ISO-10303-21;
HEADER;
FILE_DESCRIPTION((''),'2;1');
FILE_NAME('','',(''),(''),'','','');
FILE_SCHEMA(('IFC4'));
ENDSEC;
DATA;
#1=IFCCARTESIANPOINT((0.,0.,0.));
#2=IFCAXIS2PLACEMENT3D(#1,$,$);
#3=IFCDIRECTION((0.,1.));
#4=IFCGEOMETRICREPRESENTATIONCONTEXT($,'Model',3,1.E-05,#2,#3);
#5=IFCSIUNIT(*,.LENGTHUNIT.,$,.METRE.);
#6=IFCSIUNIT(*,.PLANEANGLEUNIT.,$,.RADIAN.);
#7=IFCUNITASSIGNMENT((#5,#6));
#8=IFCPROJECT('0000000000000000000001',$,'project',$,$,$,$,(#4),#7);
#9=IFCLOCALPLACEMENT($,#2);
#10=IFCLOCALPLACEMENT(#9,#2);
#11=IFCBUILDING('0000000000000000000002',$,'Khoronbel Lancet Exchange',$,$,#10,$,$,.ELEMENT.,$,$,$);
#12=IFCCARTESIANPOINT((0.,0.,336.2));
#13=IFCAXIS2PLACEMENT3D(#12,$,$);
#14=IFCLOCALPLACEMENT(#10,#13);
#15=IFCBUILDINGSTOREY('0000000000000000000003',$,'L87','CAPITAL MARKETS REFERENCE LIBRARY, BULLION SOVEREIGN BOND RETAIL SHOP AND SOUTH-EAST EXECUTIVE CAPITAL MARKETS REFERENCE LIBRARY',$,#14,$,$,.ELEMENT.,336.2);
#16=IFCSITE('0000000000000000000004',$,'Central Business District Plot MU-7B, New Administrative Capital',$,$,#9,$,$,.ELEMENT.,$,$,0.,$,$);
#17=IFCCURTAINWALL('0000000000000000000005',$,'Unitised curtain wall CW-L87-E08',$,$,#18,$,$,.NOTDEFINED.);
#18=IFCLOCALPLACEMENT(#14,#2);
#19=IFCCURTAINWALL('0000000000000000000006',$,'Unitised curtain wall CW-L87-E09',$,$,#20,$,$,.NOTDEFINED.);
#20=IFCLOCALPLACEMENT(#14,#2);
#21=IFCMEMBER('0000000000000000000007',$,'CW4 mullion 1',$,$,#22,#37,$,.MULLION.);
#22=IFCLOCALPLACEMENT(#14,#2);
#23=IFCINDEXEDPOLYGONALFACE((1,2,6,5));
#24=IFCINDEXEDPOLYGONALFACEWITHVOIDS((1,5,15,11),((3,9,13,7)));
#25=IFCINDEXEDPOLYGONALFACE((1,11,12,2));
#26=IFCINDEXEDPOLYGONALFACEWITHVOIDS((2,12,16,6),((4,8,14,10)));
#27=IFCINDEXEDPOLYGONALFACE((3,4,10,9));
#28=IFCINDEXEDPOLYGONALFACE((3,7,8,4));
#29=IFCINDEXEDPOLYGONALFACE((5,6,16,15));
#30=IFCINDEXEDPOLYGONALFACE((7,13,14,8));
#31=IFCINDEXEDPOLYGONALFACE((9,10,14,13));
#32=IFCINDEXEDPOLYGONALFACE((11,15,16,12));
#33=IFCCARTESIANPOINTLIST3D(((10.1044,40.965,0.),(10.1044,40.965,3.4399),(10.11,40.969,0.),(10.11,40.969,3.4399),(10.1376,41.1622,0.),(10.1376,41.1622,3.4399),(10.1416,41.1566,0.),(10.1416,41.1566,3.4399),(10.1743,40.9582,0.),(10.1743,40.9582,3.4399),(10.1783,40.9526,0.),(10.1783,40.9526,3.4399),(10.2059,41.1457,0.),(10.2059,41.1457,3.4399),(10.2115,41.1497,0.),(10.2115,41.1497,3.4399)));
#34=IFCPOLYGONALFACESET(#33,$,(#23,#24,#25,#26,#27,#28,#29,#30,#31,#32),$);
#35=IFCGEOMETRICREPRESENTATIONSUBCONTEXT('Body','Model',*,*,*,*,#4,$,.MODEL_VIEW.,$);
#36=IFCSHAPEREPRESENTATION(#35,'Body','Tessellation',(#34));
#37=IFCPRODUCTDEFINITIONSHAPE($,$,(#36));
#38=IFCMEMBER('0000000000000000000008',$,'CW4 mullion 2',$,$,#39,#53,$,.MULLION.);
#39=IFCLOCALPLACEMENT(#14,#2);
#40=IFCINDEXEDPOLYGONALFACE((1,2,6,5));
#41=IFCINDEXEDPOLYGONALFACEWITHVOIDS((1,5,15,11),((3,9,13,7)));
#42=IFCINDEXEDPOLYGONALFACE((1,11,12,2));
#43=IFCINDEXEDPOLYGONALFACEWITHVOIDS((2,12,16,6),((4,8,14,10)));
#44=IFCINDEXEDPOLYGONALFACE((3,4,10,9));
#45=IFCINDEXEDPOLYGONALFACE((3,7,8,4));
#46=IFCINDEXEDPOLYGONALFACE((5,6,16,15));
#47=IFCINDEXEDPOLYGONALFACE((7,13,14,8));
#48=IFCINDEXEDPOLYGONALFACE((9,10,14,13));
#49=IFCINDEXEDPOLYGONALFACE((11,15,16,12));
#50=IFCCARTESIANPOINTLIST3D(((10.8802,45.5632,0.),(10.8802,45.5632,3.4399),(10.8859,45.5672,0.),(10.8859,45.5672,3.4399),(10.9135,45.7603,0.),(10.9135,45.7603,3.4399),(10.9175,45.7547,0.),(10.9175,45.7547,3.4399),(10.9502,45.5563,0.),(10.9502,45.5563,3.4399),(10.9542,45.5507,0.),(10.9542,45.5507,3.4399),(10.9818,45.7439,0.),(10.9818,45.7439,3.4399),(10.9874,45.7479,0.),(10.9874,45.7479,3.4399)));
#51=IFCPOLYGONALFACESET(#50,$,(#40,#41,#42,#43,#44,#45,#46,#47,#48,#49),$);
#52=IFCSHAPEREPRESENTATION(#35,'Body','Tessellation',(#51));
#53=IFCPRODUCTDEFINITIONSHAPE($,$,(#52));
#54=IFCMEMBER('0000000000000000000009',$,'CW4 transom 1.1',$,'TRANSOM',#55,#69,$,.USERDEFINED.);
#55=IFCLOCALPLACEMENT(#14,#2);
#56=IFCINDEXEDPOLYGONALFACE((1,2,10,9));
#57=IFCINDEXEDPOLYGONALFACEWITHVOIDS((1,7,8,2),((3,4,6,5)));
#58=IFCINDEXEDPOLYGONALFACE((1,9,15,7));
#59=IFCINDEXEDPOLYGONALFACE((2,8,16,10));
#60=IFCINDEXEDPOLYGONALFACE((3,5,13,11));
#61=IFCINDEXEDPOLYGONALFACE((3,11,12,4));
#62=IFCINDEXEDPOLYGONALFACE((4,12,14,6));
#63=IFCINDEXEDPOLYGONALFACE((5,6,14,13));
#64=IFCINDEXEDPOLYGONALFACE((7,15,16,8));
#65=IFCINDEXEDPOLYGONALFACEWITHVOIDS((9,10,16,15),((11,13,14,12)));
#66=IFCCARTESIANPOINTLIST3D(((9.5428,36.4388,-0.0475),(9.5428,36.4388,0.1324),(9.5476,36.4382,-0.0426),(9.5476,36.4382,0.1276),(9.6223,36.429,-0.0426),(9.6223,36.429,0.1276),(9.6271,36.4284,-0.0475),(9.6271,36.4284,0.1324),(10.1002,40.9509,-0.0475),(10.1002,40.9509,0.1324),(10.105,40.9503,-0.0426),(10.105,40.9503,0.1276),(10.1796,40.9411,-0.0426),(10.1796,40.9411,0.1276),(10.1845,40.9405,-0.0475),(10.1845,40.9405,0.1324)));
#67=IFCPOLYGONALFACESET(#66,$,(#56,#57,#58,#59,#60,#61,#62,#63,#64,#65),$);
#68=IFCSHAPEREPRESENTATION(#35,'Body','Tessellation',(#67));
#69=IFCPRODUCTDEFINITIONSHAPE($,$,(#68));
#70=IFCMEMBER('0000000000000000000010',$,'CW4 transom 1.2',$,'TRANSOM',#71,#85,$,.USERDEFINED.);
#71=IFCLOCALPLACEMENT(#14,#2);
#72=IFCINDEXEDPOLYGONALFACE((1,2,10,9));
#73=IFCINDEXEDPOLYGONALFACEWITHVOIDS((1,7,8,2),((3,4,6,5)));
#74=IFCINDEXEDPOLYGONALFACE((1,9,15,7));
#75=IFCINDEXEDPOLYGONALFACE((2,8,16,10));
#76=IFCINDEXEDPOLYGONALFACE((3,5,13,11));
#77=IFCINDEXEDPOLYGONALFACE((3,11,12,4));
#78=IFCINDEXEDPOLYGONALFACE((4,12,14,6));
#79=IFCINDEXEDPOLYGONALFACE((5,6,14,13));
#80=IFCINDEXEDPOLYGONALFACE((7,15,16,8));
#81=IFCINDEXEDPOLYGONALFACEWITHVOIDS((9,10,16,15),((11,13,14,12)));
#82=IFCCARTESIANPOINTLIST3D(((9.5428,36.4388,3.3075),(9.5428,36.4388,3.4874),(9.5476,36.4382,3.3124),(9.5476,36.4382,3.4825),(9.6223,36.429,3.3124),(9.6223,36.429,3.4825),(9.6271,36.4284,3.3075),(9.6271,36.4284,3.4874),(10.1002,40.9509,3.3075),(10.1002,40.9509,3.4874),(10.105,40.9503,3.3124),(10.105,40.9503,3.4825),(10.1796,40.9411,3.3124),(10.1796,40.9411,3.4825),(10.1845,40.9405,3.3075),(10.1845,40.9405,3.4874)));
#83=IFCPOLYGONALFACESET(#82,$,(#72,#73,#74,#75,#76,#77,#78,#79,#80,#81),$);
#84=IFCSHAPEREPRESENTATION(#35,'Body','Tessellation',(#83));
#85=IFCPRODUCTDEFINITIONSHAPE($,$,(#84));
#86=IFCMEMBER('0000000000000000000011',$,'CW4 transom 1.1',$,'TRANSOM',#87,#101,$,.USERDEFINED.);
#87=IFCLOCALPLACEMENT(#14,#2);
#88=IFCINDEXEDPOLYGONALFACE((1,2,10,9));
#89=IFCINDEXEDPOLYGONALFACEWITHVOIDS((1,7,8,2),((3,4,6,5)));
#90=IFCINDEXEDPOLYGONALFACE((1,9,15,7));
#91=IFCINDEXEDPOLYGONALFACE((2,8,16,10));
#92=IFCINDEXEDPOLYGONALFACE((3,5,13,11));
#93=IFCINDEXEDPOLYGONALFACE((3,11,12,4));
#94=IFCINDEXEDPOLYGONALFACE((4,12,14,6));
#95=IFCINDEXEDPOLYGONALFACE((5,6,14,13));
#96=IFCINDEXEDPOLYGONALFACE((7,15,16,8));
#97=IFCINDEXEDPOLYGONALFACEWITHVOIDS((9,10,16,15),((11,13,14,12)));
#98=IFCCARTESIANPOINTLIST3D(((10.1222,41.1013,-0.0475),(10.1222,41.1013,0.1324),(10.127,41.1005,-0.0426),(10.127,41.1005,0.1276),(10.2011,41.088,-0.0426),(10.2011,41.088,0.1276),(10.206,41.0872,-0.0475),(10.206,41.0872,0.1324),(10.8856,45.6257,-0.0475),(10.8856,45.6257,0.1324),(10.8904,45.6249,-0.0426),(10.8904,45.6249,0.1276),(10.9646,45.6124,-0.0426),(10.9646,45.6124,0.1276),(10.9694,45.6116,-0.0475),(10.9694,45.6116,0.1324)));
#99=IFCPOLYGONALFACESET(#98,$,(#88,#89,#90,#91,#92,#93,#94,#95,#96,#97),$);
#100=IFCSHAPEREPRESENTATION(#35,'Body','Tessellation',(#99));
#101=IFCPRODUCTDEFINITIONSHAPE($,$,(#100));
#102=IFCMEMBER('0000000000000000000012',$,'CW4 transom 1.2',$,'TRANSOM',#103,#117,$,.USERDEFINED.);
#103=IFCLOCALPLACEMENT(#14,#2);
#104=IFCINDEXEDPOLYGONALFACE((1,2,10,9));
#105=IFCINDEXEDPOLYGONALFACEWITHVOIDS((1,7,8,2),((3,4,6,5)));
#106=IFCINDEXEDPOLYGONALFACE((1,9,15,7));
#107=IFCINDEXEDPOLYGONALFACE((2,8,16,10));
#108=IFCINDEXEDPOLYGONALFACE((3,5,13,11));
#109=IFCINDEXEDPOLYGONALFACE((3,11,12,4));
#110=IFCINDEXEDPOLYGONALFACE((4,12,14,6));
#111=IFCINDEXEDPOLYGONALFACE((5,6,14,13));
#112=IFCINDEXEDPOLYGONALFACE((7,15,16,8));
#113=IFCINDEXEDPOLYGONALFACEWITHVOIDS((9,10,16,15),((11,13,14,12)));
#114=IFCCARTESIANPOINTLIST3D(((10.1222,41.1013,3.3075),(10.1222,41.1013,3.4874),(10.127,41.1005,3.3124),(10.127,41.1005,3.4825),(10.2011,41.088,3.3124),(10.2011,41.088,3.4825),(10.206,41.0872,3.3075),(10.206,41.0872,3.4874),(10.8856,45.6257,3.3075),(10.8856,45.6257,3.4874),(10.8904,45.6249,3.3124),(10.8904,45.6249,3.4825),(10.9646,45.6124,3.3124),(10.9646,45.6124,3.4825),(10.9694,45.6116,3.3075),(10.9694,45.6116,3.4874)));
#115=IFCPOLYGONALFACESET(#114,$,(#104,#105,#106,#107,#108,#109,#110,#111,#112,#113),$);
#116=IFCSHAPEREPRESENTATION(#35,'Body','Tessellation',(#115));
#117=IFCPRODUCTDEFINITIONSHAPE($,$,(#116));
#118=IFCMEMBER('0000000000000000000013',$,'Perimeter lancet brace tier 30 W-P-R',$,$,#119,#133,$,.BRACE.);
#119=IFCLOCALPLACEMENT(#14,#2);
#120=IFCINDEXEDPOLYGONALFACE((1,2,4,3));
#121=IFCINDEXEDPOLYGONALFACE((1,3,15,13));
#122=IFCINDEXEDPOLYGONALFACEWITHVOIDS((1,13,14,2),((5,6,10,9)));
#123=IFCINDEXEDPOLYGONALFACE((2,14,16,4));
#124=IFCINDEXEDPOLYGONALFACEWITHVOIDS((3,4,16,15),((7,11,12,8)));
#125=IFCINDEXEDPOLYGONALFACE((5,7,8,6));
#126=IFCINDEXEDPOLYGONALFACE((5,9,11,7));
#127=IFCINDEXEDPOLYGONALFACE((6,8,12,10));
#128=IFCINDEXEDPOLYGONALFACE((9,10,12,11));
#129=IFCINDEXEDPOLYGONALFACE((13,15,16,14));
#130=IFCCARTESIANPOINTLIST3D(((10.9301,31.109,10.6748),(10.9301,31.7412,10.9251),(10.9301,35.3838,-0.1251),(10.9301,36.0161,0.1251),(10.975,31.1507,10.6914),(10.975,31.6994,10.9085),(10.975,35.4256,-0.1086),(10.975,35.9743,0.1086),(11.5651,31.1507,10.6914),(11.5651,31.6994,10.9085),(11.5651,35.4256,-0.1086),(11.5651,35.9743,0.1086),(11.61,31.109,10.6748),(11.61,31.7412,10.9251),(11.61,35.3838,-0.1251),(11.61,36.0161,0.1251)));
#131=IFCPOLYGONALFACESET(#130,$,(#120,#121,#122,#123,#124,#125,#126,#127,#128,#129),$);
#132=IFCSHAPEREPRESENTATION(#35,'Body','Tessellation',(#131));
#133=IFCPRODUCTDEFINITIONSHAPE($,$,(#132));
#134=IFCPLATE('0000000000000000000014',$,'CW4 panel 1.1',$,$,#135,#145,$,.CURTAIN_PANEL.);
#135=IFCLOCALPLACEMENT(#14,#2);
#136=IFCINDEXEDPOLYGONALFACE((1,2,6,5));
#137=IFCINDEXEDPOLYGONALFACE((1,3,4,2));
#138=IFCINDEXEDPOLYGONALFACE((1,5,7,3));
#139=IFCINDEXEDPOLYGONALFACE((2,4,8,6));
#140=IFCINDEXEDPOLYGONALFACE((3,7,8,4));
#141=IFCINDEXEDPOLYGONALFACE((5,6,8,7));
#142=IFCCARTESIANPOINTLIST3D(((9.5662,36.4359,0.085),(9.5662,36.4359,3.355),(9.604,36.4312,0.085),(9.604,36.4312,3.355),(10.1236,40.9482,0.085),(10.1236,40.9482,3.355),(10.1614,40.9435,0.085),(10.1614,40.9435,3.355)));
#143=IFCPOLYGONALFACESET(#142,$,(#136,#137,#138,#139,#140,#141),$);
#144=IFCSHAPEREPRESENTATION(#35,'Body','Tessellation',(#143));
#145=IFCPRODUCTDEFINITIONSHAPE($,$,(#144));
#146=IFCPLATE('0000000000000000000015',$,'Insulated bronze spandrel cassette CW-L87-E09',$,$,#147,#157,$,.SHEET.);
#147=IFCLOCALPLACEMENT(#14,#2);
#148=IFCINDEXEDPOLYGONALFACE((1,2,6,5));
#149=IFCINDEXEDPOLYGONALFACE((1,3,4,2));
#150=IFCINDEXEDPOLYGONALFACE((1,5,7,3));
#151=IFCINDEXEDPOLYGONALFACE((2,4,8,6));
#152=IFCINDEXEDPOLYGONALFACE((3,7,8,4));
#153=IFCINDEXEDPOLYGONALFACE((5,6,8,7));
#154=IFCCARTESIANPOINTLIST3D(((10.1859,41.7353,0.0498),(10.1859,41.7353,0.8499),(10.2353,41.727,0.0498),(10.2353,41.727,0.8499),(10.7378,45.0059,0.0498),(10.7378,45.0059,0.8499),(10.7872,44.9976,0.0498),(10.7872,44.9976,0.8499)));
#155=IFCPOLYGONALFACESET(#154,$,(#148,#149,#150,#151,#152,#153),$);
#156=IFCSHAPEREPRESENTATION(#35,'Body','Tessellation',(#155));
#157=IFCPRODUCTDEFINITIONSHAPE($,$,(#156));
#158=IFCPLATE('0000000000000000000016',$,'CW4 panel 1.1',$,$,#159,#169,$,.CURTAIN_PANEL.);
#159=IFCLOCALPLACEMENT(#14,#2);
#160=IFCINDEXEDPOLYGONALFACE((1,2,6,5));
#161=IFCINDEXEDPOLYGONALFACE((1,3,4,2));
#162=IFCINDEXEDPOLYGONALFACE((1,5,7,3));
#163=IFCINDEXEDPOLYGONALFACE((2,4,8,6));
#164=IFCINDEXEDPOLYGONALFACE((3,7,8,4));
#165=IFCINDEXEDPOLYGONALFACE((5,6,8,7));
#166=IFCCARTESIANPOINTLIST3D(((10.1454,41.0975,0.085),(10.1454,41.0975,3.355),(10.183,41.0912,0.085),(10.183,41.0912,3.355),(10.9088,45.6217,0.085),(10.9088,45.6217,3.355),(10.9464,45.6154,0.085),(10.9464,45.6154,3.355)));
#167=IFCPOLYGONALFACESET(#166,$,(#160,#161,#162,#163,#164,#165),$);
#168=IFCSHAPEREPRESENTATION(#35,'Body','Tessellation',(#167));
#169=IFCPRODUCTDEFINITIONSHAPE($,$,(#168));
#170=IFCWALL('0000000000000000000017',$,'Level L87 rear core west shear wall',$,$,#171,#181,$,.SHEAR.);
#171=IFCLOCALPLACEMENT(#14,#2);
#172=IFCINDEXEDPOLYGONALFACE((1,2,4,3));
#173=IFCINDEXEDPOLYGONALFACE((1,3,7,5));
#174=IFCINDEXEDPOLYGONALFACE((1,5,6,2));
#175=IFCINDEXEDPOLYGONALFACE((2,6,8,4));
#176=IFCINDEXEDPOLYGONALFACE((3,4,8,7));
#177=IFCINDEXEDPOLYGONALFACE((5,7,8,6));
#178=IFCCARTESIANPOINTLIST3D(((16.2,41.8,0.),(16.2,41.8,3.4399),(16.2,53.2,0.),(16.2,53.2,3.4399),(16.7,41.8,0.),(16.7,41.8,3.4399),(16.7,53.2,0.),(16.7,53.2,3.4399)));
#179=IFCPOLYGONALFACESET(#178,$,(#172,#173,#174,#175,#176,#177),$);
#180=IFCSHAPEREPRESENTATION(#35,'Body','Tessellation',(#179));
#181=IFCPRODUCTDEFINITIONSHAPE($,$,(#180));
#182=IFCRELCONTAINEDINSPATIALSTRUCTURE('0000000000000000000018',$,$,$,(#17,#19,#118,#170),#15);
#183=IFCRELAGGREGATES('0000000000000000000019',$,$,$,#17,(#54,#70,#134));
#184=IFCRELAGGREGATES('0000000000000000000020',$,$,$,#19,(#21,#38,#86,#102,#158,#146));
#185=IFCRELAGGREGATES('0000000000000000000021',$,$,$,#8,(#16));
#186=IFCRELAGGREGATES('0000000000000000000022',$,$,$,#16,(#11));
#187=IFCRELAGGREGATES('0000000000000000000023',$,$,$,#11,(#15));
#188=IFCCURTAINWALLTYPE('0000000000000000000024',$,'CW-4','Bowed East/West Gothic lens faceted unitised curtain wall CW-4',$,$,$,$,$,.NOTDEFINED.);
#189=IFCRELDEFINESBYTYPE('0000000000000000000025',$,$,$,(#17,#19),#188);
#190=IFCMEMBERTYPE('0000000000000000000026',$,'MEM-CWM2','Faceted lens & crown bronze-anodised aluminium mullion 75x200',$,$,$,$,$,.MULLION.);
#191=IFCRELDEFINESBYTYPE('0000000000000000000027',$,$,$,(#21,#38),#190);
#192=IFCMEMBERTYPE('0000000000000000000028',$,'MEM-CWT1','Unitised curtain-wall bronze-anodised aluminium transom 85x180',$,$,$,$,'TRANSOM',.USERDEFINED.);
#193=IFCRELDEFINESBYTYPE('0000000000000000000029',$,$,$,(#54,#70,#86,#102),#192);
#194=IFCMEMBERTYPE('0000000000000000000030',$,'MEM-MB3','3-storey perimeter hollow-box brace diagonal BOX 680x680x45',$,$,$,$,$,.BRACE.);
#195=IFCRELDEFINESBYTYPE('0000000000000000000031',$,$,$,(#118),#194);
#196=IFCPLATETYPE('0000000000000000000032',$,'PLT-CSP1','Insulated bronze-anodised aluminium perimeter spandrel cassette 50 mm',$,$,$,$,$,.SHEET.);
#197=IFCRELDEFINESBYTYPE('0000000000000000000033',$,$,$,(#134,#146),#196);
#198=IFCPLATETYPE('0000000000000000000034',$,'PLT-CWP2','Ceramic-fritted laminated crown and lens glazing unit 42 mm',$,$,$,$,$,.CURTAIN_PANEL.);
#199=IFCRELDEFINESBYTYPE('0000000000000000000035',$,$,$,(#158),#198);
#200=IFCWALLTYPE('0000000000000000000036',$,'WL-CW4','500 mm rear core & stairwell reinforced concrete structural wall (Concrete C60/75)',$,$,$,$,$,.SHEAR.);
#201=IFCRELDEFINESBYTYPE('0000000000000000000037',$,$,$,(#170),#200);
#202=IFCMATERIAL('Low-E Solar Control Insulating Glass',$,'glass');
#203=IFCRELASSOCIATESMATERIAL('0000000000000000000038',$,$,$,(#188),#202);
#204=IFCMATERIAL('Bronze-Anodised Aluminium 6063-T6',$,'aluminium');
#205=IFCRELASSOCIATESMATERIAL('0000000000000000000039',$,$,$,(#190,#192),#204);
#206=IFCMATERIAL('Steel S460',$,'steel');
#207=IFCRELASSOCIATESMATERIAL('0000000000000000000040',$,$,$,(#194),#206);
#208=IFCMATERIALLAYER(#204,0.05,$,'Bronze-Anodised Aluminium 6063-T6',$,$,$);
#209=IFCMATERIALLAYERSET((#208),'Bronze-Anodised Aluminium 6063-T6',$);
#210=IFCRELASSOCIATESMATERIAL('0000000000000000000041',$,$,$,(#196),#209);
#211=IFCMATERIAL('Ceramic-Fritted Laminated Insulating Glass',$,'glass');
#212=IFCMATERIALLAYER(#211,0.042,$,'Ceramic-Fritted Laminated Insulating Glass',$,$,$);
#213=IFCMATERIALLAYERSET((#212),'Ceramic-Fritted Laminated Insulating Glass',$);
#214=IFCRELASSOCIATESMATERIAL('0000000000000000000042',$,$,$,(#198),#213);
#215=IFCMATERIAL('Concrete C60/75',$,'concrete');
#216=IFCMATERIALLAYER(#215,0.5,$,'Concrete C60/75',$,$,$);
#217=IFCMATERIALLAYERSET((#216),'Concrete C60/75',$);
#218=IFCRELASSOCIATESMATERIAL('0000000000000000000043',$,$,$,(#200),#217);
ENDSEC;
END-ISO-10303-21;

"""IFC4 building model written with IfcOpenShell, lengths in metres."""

from ifc_helpers import new_model, si_unit, direction, frame, frame_2d, origin, origin_2d, place, context, subcontext, project, spatial, rectangle, hollow_rectangle, extrude, material, layer, layer_set, material_profile, profile_set, type_object, element, aggregate, save


model = new_model("IFC4")

# Units and contexts
model_context = context("Model", 3, precision=1e-05, world=origin(), true_north=direction((0.0, 1.0)))
body_context = subcontext(model_context, "Body", "Model", "MODEL_VIEW")
ifc_project = project(units=[si_unit("LENGTHUNIT", "METRE"), si_unit("PLANEANGLEUNIT", "RADIAN")], contexts=[model_context])

# Site, building, storey
site_placement = place(None, origin())
site = spatial("IfcSite", under=ifc_project, at=site_placement, Name="Central Business District Plot MU-7B, New Administrative Capital", CompositionType="ELEMENT", RefElevation=0.0)
building_placement = place(site_placement, origin())
building = spatial("IfcBuilding", under=site, at=building_placement, Name="Khoronbel Lancet Exchange", CompositionType="ELEMENT")
storey_placement = place(building_placement, frame((0.0, 0.0, 336.2)))
storey = spatial("IfcBuildingStorey", under=building, at=storey_placement, Name="L87", Description="CAPITAL MARKETS REFERENCE LIBRARY, BULLION SOVEREIGN BOND RETAIL SHOP AND SOUTH-EAST EXECUTIVE CAPITAL MARKETS REFERENCE LIBRARY", CompositionType="ELEMENT", Elevation=336.2)

# Shared definitions
ifc_material_1 = material(Name="Low-E Solar Control Insulating Glass", Category="glass")
curtain_wall_type = type_object("IfcCurtainWallType", Name="CW-4", Description="Bowed East/West Gothic lens faceted unitised curtain wall CW-4", PredefinedType="NOTDEFINED", material=ifc_material_1)
ifc_material_2 = material(Name="Bronze-Anodised Aluminium 6063-T6", Category="aluminium")
ifc_material_profile_1 = material_profile(ifc_material_2, hollow_rectangle(XDim=0.075, YDim=0.2, WallThickness=0.0049, at=origin_2d()), Name="ALU MULLION 75x200")
ifc_profile_set_1 = profile_set([ifc_material_profile_1], Name="Bronze-Anodised Aluminium 6063-T6")
member_type_1 = type_object("IfcMemberType", Name="MEM-CWM2", Description="Faceted lens & crown bronze-anodised aluminium mullion 75x200", PredefinedType="MULLION", material=ifc_profile_set_1)

# Curtain walls, members
curtain_wall_1_placement = place(storey_placement, origin())
curtain_wall_1 = element("IfcCurtainWall", 1, at=curtain_wall_1_placement, inside=storey, type_object=curtain_wall_type, Name="Unitised curtain wall CW-L87-E08", PredefinedType="NOTDEFINED")
curtain_wall_2_placement = place(storey_placement, origin())
curtain_wall_2 = element("IfcCurtainWall", 2, at=curtain_wall_2_placement, inside=storey, type_object=curtain_wall_type, Name="Unitised curtain wall CW-L87-E09", PredefinedType="NOTDEFINED")
member_1_placement = place(storey_placement, frame((10.158, 41.0574, 0.0), z_axis=(0.0, 0.0, 1.0), x_axis=(-0.98606, 0.16639, 0.0)))
member_1 = element("IfcMember", 3, at=member_1_placement, type_object=member_type_1, Name="CW4 mullion 1", PredefinedType="MULLION", context=body_context, shape_type="SweptSolid", body=[
    extrude(hollow_rectangle(XDim=0.075, YDim=0.2, WallThickness=0.0049, at=origin_2d()), origin(), (0.0, 0.0, 1.0), 3.4399),
])
member_2_placement = place(storey_placement, frame((10.9338, 45.6555, 0.0), z_axis=(0.0, 0.0, 1.0), x_axis=(-0.98606, 0.16639, 0.0)))
member_2 = element("IfcMember", 4, at=member_2_placement, type_object=member_type_1, Name="CW4 mullion 2", PredefinedType="MULLION", context=body_context, shape_type="SweptSolid", body=[
    extrude(hollow_rectangle(XDim=0.075, YDim=0.2, WallThickness=0.0049, at=origin_2d()), origin(), (0.0, 0.0, 1.0), 3.4399),
])

# Members
ifc_material_profile_2 = material_profile(ifc_material_2, hollow_rectangle(XDim=0.085, YDim=0.1799, WallThickness=0.0049, at=origin_2d()), Name="ALU TRANSOM 85x180")
ifc_profile_set_2 = profile_set([ifc_material_profile_2], Name="Bronze-Anodised Aluminium 6063-T6")
member_type_2 = type_object("IfcMemberType", Name="MEM-CWT1", Description="Unitised curtain-wall bronze-anodised aluminium transom 85x180", ElementType="TRANSOM", PredefinedType="USERDEFINED", material=ifc_profile_set_2)
member_3_placement = place(storey_placement, frame((9.585, 36.4336, 0.0425), z_axis=(0.122594, 0.992457, 0.0), x_axis=(-0.992457, 0.122594, 0.0)))
member_3 = element("IfcMember", 5, at=member_3_placement, type_object=member_type_2, Name="CW4 transom 1.1", ObjectType="TRANSOM", PredefinedType="USERDEFINED", context=body_context, shape_type="SweptSolid", body=[
    extrude(hollow_rectangle(XDim=0.085, YDim=0.1799, WallThickness=0.0049, at=origin_2d()), origin(), (0.0, 0.0, 1.0), 4.5464),
])
member_4_placement = place(storey_placement, frame((9.585, 36.4336, 3.3975), z_axis=(0.122594, 0.992457, 0.0), x_axis=(-0.992457, 0.122594, 0.0)))
member_4 = element("IfcMember", 6, at=member_4_placement, type_object=member_type_2, Name="CW4 transom 1.2", ObjectType="TRANSOM", PredefinedType="USERDEFINED", context=body_context, shape_type="SweptSolid", body=[
    extrude(hollow_rectangle(XDim=0.085, YDim=0.1799, WallThickness=0.0049, at=origin_2d()), origin(), (0.0, 0.0, 1.0), 4.5464),
])
member_5_placement = place(storey_placement, frame((10.1641, 41.0942, 0.0425), z_axis=(0.166383, 0.986061, 0.0), x_axis=(-0.986061, 0.166383, 0.0)))
member_5 = element("IfcMember", 7, at=member_5_placement, type_object=member_type_2, Name="CW4 transom 1.1", ObjectType="TRANSOM", PredefinedType="USERDEFINED", context=body_context, shape_type="SweptSolid", body=[
    extrude(hollow_rectangle(XDim=0.085, YDim=0.1799, WallThickness=0.0049, at=origin_2d()), origin(), (0.0, 0.0, 1.0), 4.5884),
])
member_6_placement = place(storey_placement, frame((10.1641, 41.0942, 3.3975), z_axis=(0.166383, 0.986061, 0.0), x_axis=(-0.986061, 0.166383, 0.0)))
member_6 = element("IfcMember", 8, at=member_6_placement, type_object=member_type_2, Name="CW4 transom 1.2", ObjectType="TRANSOM", PredefinedType="USERDEFINED", context=body_context, shape_type="SweptSolid", body=[
    extrude(hollow_rectangle(XDim=0.085, YDim=0.1799, WallThickness=0.0049, at=origin_2d()), origin(), (0.0, 0.0, 1.0), 4.5884),
])
ifc_material_3 = material(Name="Steel S460", Category="steel")
ifc_material_profile_3 = material_profile(ifc_material_3, hollow_rectangle(XDim=0.6799, YDim=0.6799, WallThickness=0.0449, at=origin_2d()), Name="BOX 680x680x45")
ifc_profile_set_3 = profile_set([ifc_material_profile_3], Name="Steel S460")
member_type_3 = type_object("IfcMemberType", Name="MEM-MB3", Description="3-storey perimeter hollow-box brace diagonal BOX 680x680x45", PredefinedType="BRACE", material=ifc_profile_set_3)
member_7_placement = place(storey_placement, frame((11.27, 35.7, 0.0), z_axis=(0.0, -0.36804, 0.92981), x_axis=(1.0, 0.0, 0.0)))
element("IfcMember", 9, at=member_7_placement, inside=storey, type_object=member_type_3, Name="Perimeter lancet brace tier 30 W-P-R", PredefinedType="BRACE", context=body_context, shape_type="SweptSolid", body=[
    extrude(hollow_rectangle(XDim=0.6799, YDim=0.6799, WallThickness=0.0449, at=origin_2d()), origin(), (0.0, 0.0, 1.0), 11.6152),
])

# Plates
ifc_layer_1 = layer(ifc_material_2, 0.05, Name="Bronze-Anodised Aluminium 6063-T6")
ifc_layer_set_1 = layer_set([ifc_layer_1], Name="Bronze-Anodised Aluminium 6063-T6")
plate_type_1 = type_object("IfcPlateType", Name="PLT-CSP1", Description="Insulated bronze-anodised aluminium perimeter spandrel cassette 50 mm", PredefinedType="SHEET", material=ifc_layer_set_1)
plate_1_placement = place(storey_placement, frame((9.8638, 38.6897, 0.085), z_axis=(0.0, 0.0, 1.0), x_axis=(0.122599, 0.992456, 0.0)))
plate_1 = element("IfcPlate", 10, at=plate_1_placement, type_object=plate_type_1, Name="CW4 panel 1.1", PredefinedType="CURTAIN_PANEL", context=body_context, shape_type="SweptSolid", body=[
    extrude(rectangle(XDim=4.5466, YDim=0.0381, at=origin_2d()), origin(), (0.0, 0.0, 1.0), 3.27),
])
aggregate(curtain_wall_1, [member_3, member_4, plate_1])
plate_2_placement = place(storey_placement, frame((10.4866, 43.3665, 0.0498), z_axis=(0.0, 0.0, 1.0), x_axis=(0.16639, 0.98606, 0.0)))
plate_2 = element("IfcPlate", 11, at=plate_2_placement, type_object=plate_type_1, Name="Insulated bronze spandrel cassette CW-L87-E09", PredefinedType="SHEET", context=body_context, shape_type="SweptSolid", body=[
    extrude(rectangle(XDim=3.3169, YDim=0.05, at=origin_2d()), origin(), (0.0, 0.0, 1.0), 0.8),
])
ifc_material_4 = material(Name="Ceramic-Fritted Laminated Insulating Glass", Category="glass")
ifc_layer_2 = layer(ifc_material_4, 0.042, Name="Ceramic-Fritted Laminated Insulating Glass")
ifc_layer_set_2 = layer_set([ifc_layer_2], Name="Ceramic-Fritted Laminated Insulating Glass")
plate_type_2 = type_object("IfcPlateType", Name="PLT-CWP2", Description="Ceramic-fritted laminated crown and lens glazing unit 42 mm", PredefinedType="CURTAIN_PANEL", material=ifc_layer_set_2)
plate_3_placement = place(storey_placement, frame((10.5459, 43.3564, 0.085), z_axis=(0.0, 0.0, 1.0), x_axis=(0.16639, 0.98606, 0.0)))
plate_3 = element("IfcPlate", 12, at=plate_3_placement, type_object=plate_type_2, Name="CW4 panel 1.1", PredefinedType="CURTAIN_PANEL", context=body_context, shape_type="SweptSolid", body=[
    extrude(rectangle(XDim=4.5881, YDim=0.0381, at=origin_2d()), origin(), (0.0, 0.0, 1.0), 3.27),
])
aggregate(curtain_wall_2, [member_1, member_2, member_5, member_6, plate_3, plate_2])

# Wall
ifc_material_5 = material(Name="Concrete C60/75", Category="concrete")
ifc_layer_3 = layer(ifc_material_5, 0.5, Name="Concrete C60/75")
ifc_layer_set_3 = layer_set([ifc_layer_3], Name="Concrete C60/75")
wall_type_1 = type_object("IfcWallType", Name="WL-CW4", Description="500 mm rear core & stairwell reinforced concrete structural wall (Concrete C60/75)", PredefinedType="SHEAR", material=ifc_layer_set_3)
wall_1_placement = place(storey_placement, frame((16.45, 41.8, 0.0), z_axis=(0.0, 0.0, 1.0), x_axis=(0.0, 1.0, 0.0)))
element("IfcWall", 13, at=wall_1_placement, inside=storey, type_object=wall_type_1, Name="Level L87 rear core west shear wall", PredefinedType="SHEAR", context=body_context, shape_type="SweptSolid", body=[
    extrude(rectangle(XDim=11.3999, YDim=0.5, at=frame_2d((5.7, 0.0))), origin(), (0.0, 0.0, 1.0), 3.4399),
])

save(model, "model.ifc")
